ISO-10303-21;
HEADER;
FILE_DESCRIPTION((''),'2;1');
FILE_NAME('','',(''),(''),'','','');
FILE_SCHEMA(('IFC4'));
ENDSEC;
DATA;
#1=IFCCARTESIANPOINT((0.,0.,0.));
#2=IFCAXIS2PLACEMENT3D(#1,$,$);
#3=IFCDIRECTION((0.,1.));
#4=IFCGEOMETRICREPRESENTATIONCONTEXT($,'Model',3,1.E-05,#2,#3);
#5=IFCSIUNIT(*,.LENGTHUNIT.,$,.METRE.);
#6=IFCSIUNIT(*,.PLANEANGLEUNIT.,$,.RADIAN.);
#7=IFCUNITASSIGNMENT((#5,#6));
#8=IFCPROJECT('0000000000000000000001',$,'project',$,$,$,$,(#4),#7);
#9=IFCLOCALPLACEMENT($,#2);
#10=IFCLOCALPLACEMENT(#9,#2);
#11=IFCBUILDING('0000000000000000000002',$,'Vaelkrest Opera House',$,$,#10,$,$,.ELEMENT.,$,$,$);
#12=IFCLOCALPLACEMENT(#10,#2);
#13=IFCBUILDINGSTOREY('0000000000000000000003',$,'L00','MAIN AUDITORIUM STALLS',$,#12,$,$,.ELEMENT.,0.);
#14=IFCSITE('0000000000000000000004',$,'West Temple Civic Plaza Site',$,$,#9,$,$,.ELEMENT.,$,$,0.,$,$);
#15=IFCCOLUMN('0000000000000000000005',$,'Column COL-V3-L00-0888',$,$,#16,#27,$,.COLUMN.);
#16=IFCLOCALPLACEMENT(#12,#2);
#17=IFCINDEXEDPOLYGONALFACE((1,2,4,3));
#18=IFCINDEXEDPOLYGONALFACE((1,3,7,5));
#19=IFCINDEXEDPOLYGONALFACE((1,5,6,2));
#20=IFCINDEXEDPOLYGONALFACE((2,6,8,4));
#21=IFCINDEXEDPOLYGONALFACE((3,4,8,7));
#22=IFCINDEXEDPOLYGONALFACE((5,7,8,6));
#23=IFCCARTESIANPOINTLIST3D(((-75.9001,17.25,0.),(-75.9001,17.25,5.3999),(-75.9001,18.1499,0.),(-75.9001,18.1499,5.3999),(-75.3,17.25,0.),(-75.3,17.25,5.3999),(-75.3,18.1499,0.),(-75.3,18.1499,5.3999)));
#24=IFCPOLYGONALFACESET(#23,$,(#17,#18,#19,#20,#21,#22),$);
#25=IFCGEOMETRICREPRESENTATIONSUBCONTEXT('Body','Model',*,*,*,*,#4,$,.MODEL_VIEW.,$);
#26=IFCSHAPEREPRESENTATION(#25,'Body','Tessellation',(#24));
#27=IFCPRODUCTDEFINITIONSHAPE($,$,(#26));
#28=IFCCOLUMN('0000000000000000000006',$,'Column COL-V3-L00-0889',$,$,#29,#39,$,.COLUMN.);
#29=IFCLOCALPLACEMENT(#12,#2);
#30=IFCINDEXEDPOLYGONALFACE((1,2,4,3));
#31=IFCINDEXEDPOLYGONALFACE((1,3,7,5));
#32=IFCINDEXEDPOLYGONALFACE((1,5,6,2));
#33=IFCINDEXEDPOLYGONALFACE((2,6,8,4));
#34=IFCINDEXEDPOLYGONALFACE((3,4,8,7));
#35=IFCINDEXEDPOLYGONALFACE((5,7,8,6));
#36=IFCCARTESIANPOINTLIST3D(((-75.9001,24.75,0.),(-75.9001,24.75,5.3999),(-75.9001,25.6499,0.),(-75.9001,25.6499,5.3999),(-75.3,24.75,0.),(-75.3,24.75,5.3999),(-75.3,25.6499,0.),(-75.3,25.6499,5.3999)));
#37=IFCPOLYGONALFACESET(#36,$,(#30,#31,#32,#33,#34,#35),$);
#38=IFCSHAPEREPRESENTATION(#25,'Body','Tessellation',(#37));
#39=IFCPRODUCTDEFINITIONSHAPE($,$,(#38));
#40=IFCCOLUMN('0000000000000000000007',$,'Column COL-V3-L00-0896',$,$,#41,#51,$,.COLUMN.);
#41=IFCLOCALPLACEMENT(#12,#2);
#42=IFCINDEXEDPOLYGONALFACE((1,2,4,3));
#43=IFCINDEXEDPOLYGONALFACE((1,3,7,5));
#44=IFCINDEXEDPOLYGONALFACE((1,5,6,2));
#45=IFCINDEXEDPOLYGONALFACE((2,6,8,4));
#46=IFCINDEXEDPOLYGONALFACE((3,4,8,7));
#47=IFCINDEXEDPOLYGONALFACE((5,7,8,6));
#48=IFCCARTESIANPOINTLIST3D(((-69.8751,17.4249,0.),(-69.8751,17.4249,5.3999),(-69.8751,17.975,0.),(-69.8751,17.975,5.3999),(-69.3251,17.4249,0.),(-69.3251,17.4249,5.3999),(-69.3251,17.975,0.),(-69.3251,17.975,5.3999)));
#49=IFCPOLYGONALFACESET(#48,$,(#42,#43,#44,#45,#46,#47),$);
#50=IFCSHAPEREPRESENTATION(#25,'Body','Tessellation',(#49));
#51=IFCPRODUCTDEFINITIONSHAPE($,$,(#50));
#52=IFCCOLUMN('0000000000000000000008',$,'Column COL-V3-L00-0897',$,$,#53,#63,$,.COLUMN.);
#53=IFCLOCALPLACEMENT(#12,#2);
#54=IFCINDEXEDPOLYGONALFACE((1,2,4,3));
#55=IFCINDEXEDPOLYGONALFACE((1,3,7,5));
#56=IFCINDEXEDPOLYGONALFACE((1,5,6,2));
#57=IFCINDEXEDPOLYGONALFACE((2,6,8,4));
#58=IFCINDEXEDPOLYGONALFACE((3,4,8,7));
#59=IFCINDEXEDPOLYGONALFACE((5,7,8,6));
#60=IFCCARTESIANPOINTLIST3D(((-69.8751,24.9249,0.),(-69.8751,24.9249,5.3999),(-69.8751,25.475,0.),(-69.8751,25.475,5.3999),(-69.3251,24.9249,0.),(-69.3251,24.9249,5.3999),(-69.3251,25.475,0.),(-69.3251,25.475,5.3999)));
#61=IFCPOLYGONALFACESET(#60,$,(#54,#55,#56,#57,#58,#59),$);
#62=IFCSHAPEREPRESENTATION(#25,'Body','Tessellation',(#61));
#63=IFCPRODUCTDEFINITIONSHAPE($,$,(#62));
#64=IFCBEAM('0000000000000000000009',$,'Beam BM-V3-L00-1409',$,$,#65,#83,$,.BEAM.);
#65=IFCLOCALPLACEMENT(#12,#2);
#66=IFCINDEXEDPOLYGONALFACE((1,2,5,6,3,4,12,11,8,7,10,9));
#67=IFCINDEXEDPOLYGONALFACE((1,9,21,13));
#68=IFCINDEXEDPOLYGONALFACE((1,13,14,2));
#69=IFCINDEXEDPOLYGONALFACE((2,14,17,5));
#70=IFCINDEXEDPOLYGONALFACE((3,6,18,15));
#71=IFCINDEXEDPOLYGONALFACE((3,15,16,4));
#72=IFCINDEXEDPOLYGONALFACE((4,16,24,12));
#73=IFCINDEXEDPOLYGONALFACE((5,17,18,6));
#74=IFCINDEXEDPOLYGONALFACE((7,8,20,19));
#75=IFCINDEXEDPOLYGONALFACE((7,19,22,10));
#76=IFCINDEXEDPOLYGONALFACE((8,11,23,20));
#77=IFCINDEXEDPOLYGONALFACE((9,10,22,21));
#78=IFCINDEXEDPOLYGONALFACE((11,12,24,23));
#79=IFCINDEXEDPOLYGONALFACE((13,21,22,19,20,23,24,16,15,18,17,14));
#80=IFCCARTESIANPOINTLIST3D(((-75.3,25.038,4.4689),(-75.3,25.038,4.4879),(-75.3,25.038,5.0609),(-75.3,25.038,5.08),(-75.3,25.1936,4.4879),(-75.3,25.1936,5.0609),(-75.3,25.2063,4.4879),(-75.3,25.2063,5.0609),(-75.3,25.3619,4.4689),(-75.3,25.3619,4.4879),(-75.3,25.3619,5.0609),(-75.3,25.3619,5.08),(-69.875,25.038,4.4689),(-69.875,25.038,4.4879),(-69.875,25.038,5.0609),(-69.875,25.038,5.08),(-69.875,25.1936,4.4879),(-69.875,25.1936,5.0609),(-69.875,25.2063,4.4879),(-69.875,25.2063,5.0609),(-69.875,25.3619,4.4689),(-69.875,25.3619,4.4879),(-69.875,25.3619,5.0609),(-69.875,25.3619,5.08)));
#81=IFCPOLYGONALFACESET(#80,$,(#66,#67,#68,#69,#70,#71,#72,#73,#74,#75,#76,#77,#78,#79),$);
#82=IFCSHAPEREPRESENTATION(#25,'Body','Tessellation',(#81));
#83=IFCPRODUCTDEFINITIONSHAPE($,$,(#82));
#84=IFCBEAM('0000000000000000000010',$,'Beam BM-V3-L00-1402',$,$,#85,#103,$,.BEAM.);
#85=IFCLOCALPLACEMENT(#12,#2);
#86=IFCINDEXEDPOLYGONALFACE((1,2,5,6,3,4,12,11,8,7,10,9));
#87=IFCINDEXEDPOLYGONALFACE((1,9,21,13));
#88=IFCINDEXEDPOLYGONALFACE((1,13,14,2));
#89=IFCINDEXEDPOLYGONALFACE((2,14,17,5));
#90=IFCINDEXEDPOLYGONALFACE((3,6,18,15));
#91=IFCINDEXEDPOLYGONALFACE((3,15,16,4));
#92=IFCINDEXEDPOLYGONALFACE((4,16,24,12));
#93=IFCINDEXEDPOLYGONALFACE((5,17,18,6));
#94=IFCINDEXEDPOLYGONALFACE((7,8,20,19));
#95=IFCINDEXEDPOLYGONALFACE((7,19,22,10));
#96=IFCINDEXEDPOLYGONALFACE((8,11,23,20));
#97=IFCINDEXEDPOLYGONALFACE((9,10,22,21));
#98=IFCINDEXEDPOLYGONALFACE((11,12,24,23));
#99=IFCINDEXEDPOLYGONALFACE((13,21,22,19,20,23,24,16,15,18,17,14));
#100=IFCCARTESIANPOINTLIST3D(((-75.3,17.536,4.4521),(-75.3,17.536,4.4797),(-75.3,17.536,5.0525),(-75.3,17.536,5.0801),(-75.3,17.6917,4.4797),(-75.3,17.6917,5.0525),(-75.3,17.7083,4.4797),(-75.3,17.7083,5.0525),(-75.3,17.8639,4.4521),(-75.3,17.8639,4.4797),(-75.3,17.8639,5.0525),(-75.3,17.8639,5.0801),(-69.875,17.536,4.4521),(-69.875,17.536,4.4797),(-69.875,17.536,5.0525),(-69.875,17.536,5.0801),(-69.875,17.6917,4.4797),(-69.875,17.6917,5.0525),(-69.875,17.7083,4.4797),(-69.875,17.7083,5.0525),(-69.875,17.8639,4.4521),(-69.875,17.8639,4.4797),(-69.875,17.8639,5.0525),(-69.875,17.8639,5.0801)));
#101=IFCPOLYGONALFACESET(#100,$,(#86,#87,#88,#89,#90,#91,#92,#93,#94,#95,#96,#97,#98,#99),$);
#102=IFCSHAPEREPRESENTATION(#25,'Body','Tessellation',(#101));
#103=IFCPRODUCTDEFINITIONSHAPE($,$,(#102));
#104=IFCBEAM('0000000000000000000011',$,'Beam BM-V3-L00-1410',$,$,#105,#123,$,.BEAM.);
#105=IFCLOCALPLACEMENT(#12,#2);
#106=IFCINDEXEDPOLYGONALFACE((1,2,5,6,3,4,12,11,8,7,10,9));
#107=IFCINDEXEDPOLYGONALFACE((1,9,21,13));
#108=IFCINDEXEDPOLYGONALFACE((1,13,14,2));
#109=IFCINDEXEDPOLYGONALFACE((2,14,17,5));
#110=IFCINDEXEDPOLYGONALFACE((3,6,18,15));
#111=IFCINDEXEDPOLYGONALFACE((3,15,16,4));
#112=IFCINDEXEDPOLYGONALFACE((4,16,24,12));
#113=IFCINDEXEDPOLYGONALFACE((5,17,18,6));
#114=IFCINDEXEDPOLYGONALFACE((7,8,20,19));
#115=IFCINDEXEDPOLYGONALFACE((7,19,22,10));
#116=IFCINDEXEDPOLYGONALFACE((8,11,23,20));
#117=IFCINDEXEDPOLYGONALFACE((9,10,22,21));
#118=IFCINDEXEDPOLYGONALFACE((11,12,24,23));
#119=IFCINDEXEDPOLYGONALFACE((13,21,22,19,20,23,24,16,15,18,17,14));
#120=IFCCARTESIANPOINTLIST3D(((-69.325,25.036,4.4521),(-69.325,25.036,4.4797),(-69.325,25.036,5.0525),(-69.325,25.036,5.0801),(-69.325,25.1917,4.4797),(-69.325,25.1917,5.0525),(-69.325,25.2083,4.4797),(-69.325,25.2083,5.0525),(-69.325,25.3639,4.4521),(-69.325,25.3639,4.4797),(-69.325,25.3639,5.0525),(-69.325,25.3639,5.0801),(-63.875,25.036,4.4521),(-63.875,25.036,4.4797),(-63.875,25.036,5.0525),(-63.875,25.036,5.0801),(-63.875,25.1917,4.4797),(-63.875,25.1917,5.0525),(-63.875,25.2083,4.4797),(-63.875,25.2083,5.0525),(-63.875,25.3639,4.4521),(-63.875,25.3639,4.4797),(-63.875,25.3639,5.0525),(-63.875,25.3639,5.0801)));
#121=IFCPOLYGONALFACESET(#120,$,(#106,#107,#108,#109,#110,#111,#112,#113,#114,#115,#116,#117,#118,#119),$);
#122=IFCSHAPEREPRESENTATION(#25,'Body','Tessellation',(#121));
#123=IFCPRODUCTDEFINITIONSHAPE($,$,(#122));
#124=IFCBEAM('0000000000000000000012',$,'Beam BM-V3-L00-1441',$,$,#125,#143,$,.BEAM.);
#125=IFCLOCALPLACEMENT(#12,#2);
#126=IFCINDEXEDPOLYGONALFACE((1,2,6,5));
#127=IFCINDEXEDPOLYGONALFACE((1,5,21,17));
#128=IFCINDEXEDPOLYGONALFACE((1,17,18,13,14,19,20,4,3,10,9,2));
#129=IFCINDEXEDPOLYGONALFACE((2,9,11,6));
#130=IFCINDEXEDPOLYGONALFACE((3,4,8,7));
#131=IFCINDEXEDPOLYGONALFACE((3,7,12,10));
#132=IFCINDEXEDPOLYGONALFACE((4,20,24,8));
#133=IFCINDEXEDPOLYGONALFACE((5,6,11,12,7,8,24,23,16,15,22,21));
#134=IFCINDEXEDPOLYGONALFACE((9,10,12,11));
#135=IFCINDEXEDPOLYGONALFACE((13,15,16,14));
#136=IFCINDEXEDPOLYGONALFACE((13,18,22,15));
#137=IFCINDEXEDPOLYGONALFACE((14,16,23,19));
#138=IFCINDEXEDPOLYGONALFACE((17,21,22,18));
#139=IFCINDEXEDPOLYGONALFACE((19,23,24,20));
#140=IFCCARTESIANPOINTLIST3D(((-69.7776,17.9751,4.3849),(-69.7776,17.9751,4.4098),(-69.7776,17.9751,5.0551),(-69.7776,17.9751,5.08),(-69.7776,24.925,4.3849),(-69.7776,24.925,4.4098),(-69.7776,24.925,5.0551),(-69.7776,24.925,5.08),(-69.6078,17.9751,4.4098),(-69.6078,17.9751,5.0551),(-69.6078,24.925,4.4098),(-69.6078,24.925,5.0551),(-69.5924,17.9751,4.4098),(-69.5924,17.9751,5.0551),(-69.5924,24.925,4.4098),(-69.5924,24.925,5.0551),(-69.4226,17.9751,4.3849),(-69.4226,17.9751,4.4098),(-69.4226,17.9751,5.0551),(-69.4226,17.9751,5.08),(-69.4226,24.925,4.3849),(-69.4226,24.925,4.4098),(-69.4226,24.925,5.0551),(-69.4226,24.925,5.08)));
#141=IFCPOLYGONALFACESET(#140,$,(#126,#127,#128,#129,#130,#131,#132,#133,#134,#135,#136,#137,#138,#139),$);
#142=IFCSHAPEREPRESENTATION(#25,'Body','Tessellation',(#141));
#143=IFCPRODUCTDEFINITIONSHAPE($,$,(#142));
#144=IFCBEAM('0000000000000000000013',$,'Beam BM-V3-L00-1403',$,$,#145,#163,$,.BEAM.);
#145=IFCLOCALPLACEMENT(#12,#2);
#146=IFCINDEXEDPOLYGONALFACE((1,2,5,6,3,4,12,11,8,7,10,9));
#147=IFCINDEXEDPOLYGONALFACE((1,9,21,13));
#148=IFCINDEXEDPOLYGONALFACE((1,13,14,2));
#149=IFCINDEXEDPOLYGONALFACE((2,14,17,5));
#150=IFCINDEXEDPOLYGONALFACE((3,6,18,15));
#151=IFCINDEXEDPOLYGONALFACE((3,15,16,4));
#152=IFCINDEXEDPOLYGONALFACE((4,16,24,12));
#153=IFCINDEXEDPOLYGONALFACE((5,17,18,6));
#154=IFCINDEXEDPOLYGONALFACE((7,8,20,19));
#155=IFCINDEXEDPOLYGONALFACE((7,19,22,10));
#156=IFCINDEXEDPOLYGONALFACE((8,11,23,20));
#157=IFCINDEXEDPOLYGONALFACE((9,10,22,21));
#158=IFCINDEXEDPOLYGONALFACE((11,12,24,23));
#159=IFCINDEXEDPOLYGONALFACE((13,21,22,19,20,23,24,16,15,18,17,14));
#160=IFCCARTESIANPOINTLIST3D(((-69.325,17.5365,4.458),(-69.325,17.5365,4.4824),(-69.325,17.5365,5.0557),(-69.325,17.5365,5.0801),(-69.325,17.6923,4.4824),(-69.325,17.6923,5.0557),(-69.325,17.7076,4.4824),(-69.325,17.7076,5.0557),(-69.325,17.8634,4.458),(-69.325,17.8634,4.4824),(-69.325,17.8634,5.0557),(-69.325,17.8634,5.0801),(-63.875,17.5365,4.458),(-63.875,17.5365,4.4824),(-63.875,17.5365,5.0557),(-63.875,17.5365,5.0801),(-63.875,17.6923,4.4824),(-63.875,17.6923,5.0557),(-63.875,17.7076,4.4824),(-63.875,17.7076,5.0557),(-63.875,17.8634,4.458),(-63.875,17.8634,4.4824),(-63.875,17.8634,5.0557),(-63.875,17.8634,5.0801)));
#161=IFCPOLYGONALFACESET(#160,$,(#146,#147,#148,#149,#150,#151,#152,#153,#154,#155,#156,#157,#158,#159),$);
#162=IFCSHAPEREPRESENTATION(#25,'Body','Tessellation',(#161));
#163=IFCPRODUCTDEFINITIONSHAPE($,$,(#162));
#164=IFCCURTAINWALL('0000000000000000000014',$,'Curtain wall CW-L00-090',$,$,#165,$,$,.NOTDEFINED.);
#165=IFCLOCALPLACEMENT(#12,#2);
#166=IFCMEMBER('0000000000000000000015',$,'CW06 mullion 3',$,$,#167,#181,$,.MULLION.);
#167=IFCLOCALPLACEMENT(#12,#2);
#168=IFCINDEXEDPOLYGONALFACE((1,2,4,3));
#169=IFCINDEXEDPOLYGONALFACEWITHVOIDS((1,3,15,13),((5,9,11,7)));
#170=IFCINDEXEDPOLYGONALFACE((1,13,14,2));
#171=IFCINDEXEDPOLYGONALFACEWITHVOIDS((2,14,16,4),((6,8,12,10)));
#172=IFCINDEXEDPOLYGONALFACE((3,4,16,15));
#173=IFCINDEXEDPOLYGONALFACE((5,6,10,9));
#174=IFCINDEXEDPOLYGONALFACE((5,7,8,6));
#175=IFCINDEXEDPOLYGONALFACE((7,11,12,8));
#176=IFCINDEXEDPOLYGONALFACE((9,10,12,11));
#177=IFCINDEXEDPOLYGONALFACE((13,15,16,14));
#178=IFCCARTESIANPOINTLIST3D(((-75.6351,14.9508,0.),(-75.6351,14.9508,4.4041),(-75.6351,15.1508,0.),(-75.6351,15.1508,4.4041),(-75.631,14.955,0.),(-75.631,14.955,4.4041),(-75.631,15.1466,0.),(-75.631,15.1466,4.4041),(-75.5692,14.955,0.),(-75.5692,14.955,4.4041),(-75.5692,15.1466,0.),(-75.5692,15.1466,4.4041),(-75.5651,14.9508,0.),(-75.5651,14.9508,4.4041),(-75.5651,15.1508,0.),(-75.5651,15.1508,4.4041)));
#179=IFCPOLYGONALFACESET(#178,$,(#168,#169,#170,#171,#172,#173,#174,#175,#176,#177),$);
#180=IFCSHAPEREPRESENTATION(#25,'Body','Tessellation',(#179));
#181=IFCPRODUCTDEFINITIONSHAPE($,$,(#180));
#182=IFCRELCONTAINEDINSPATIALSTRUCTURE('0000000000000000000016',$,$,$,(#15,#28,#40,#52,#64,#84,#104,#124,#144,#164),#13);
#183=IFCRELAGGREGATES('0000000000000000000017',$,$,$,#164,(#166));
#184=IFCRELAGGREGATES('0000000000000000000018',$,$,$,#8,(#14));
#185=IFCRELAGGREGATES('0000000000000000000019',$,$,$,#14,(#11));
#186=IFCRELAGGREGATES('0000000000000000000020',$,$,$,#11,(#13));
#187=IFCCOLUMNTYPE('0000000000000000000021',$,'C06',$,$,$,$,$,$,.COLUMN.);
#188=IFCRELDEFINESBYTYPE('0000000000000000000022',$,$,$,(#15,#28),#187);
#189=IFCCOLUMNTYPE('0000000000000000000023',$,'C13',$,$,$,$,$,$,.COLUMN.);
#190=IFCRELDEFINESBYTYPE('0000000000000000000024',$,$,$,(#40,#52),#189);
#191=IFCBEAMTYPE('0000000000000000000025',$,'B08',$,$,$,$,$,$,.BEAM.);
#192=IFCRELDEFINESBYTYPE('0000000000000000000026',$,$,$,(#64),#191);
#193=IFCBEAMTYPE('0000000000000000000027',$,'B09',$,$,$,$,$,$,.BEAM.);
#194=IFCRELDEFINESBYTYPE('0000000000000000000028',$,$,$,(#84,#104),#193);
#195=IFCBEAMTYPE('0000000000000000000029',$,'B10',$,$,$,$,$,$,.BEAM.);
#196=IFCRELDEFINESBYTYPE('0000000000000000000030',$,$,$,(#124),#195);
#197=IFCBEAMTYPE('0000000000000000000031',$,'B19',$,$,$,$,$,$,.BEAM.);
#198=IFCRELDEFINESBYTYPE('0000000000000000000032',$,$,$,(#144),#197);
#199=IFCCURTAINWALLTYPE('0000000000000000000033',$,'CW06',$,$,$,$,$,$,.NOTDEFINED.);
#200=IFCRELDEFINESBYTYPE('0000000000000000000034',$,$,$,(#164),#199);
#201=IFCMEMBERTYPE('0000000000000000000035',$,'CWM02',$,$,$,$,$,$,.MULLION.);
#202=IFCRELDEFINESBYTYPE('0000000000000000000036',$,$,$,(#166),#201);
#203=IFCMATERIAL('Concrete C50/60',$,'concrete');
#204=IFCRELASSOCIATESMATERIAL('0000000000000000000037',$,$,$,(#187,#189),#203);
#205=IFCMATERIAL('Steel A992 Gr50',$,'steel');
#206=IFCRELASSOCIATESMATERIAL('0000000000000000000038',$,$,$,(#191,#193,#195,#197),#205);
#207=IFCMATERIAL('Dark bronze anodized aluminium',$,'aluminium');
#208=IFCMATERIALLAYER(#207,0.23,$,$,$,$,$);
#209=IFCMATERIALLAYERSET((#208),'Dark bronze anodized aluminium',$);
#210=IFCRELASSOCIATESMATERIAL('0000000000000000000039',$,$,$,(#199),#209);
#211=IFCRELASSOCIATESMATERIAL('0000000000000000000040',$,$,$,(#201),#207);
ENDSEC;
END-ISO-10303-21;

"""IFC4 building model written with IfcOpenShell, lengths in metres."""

from ifc_helpers import new_model, si_unit, direction, frame, origin, origin_2d, place, context, subcontext, project, spatial, rectangle, hollow_rectangle, i_section, extrude, material, layer, layer_set, material_profile, profile_set, type_object, element, aggregate, save


model = new_model("IFC4")

# Units and contexts
model_context = context("Model", 3, precision=1e-05, world=origin(), true_north=direction((0.0, 1.0)))
body_context = subcontext(model_context, "Body", "Model", "MODEL_VIEW")
ifc_project = project(units=[si_unit("LENGTHUNIT", "METRE"), si_unit("PLANEANGLEUNIT", "RADIAN")], contexts=[model_context])

# Site, building, storey
site_placement = place(None, origin())
site = spatial("IfcSite", under=ifc_project, at=site_placement, Name="West Temple Civic Plaza Site", CompositionType="ELEMENT", RefElevation=0.0)
building_placement = place(site_placement, origin())
building = spatial("IfcBuilding", under=site, at=building_placement, Name="Vaelkrest Opera House", CompositionType="ELEMENT")
storey_placement = place(building_placement, origin())
storey = spatial("IfcBuildingStorey", under=building, at=storey_placement, Name="L00", Description="MAIN AUDITORIUM STALLS", CompositionType="ELEMENT", Elevation=0.0)

# Columns
ifc_material_1 = material(Name="Concrete C50/60", Category="concrete")
ifc_material_profile_1 = material_profile(ifc_material_1, rectangle(XDim=0.6001, YDim=0.8999, at=origin_2d()), Name="RC600X900")
ifc_profile_set_1 = profile_set([ifc_material_profile_1], Name="Concrete C50/60")
column_type_1 = type_object("IfcColumnType", Name="C06", PredefinedType="COLUMN", material=ifc_profile_set_1)
for number, where, z_axis, x_axis, name in (
    (1, (-75.6001, 17.7, 0.0), (0.0, 0.0, 1.0), (1.0, 0.0, 0.0), "Column COL-V3-L00-0888"),
    (2, (-75.6001, 25.2, 0.0), (0.0, 0.0, 1.0), (1.0, 0.0, 0.0), "Column COL-V3-L00-0889"),
):
    element("IfcColumn", number, at=place(storey_placement, frame(where, z_axis=z_axis, x_axis=x_axis)), inside=storey, type_object=column_type_1, Name=name, PredefinedType="COLUMN", context=body_context, shape_type="SweptSolid", body=[
        extrude(rectangle(XDim=0.6001, YDim=0.8999, at=origin_2d()), origin(), (0.0, 0.0, 1.0), 5.3999),
    ])
ifc_material_profile_2 = material_profile(ifc_material_1, rectangle(XDim=0.55, YDim=0.55, at=origin_2d()), Name="RC550X550")
ifc_profile_set_2 = profile_set([ifc_material_profile_2], Name="Concrete C50/60")
column_type_2 = type_object("IfcColumnType", Name="C13", PredefinedType="COLUMN", material=ifc_profile_set_2)
for number, where, z_axis, x_axis, name in (
    (3, (-69.6001, 17.7, 0.0), (0.0, 0.0, 1.0), (1.0, 0.0, 0.0), "Column COL-V3-L00-0896"),
    (4, (-69.6001, 25.2, 0.0), (0.0, 0.0, 1.0), (1.0, 0.0, 0.0), "Column COL-V3-L00-0897"),
):
    element("IfcColumn", number, at=place(storey_placement, frame(where, z_axis=z_axis, x_axis=x_axis)), inside=storey, type_object=column_type_2, Name=name, PredefinedType="COLUMN", context=body_context, shape_type="SweptSolid", body=[
        extrude(rectangle(XDim=0.55, YDim=0.55, at=origin_2d()), origin(), (0.0, 0.0, 1.0), 5.3999),
    ])

# Beams
ifc_material_2 = material(Name="Steel A992 Gr50", Category="steel")
ifc_material_profile_3 = material_profile(ifc_material_2, i_section(OverallWidth=0.324, OverallDepth=0.6111, WebThickness=0.0127, FlangeThickness=0.019, at=origin_2d()), Name="W24X104")
ifc_profile_set_3 = profile_set([ifc_material_profile_3], Name="Steel A992 Gr50")
beam_type_1 = type_object("IfcBeamType", Name="B08", PredefinedType="BEAM", material=ifc_profile_set_3)
beam_1_placement = place(storey_placement, frame((-75.3, 25.2, 4.7744), z_axis=(1.0, 0.0, 0.0), x_axis=(0.0, 1.0, 0.0)))
element("IfcBeam", 5, at=beam_1_placement, inside=storey, type_object=beam_type_1, Name="Beam BM-V3-L00-1409", PredefinedType="BEAM", context=body_context, shape_type="SweptSolid", body=[
    extrude(i_section(OverallWidth=0.324, OverallDepth=0.6111, WebThickness=0.0127, FlangeThickness=0.019, at=origin_2d()), origin(), (0.0, 0.0, 1.0), 5.425),
])
ifc_material_profile_4 = material_profile(ifc_material_2, i_section(OverallWidth=0.3279, OverallDepth=0.6279, WebThickness=0.0166, FlangeThickness=0.0276, at=origin_2d()), Name="W24X146")
ifc_profile_set_4 = profile_set([ifc_material_profile_4], Name="Steel A992 Gr50")
beam_type_2 = type_object("IfcBeamType", Name="B09", PredefinedType="BEAM", material=ifc_profile_set_4)
beam_2_placement = place(storey_placement, frame((-75.3, 17.7, 4.7661), z_axis=(1.0, 0.0, 0.0), x_axis=(0.0, 1.0, 0.0)))
element("IfcBeam", 6, at=beam_2_placement, inside=storey, type_object=beam_type_2, Name="Beam BM-V3-L00-1402", PredefinedType="BEAM", context=body_context, shape_type="SweptSolid", body=[
    extrude(i_section(OverallWidth=0.3279, OverallDepth=0.6279, WebThickness=0.0166, FlangeThickness=0.0276, at=origin_2d()), origin(), (0.0, 0.0, 1.0), 5.425),
])
beam_3_placement = place(storey_placement, frame((-69.325, 25.2, 4.7661), z_axis=(1.0, 0.0, 0.0), x_axis=(0.0, 1.0, 0.0)))
element("IfcBeam", 7, at=beam_3_placement, inside=storey, type_object=beam_type_2, Name="Beam BM-V3-L00-1410", PredefinedType="BEAM", context=body_context, shape_type="SweptSolid", body=[
    extrude(i_section(OverallWidth=0.3279, OverallDepth=0.6279, WebThickness=0.0166, FlangeThickness=0.0276, at=origin_2d()), origin(), (0.0, 0.0, 1.0), 5.45),
])
ifc_material_profile_5 = material_profile(ifc_material_2, i_section(OverallWidth=0.355, OverallDepth=0.6951, WebThickness=0.0154, FlangeThickness=0.0249, at=origin_2d()), Name="W27X146")
ifc_profile_set_5 = profile_set([ifc_material_profile_5], Name="Steel A992 Gr50")
beam_type_3 = type_object("IfcBeamType", Name="B10", PredefinedType="BEAM", material=ifc_profile_set_5)
beam_4_placement = place(storey_placement, frame((-69.6001, 17.9751, 4.7324), z_axis=(0.0, 1.0, 0.0), x_axis=(-1.0, 0.0, 0.0)))
element("IfcBeam", 8, at=beam_4_placement, inside=storey, type_object=beam_type_3, Name="Beam BM-V3-L00-1441", PredefinedType="BEAM", context=body_context, shape_type="SweptSolid", body=[
    extrude(i_section(OverallWidth=0.355, OverallDepth=0.6951, WebThickness=0.0154, FlangeThickness=0.0249, at=origin_2d()), origin(), (0.0, 0.0, 1.0), 6.95),
])
ifc_material_profile_6 = material_profile(ifc_material_2, i_section(OverallWidth=0.3269, OverallDepth=0.6221, WebThickness=0.0154, FlangeThickness=0.0244, at=origin_2d()), Name="W24X131")
ifc_profile_set_6 = profile_set([ifc_material_profile_6], Name="Steel A992 Gr50")
beam_type_4 = type_object("IfcBeamType", Name="B19", PredefinedType="BEAM", material=ifc_profile_set_6)
beam_5_placement = place(storey_placement, frame((-69.325, 17.7, 4.769), z_axis=(1.0, 0.0, 0.0), x_axis=(0.0, 1.0, 0.0)))
element("IfcBeam", 9, at=beam_5_placement, inside=storey, type_object=beam_type_4, Name="Beam BM-V3-L00-1403", PredefinedType="BEAM", context=body_context, shape_type="SweptSolid", body=[
    extrude(i_section(OverallWidth=0.3269, OverallDepth=0.6221, WebThickness=0.0154, FlangeThickness=0.0244, at=origin_2d()), origin(), (0.0, 0.0, 1.0), 5.45),
])

# Curtain wall, member
ifc_material_3 = material(Name="Dark bronze anodized aluminium", Category="aluminium")
ifc_layer_1 = layer(ifc_material_3, 0.23)
ifc_layer_set_1 = layer_set([ifc_layer_1], Name="Dark bronze anodized aluminium")
curtain_wall_type = type_object("IfcCurtainWallType", Name="CW06", PredefinedType="NOTDEFINED", material=ifc_layer_set_1)
curtain_wall_placement = place(storey_placement, origin())
curtain_wall = element("IfcCurtainWall", 10, at=curtain_wall_placement, inside=storey, type_object=curtain_wall_type, Name="Curtain wall CW-L00-090", PredefinedType="NOTDEFINED")
ifc_material_profile_7 = material_profile(ifc_material_3, hollow_rectangle(XDim=0.0701, YDim=0.2, WallThickness=0.0042, at=origin_2d()), Name="CWM70X200")
ifc_profile_set_7 = profile_set([ifc_material_profile_7], Name="Dark bronze anodized aluminium")
member_type_1 = type_object("IfcMemberType", Name="CWM02", PredefinedType="MULLION", material=ifc_profile_set_7)
member_1_placement = place(storey_placement, frame((-75.6001, 15.0508, 0.0), z_axis=(0.0, 0.0, 1.0), x_axis=(-1.0, 0.0, 0.0)))
member_1 = element("IfcMember", 11, at=member_1_placement, type_object=member_type_1, Name="CW06 mullion 3", PredefinedType="MULLION", context=body_context, shape_type="SweptSolid", body=[
    extrude(hollow_rectangle(XDim=0.0701, YDim=0.2, WallThickness=0.0042, at=origin_2d()), origin(), (0.0, 0.0, 1.0), 4.4041),
])

aggregate(curtain_wall, [member_1])

save(model, "model.ifc")
